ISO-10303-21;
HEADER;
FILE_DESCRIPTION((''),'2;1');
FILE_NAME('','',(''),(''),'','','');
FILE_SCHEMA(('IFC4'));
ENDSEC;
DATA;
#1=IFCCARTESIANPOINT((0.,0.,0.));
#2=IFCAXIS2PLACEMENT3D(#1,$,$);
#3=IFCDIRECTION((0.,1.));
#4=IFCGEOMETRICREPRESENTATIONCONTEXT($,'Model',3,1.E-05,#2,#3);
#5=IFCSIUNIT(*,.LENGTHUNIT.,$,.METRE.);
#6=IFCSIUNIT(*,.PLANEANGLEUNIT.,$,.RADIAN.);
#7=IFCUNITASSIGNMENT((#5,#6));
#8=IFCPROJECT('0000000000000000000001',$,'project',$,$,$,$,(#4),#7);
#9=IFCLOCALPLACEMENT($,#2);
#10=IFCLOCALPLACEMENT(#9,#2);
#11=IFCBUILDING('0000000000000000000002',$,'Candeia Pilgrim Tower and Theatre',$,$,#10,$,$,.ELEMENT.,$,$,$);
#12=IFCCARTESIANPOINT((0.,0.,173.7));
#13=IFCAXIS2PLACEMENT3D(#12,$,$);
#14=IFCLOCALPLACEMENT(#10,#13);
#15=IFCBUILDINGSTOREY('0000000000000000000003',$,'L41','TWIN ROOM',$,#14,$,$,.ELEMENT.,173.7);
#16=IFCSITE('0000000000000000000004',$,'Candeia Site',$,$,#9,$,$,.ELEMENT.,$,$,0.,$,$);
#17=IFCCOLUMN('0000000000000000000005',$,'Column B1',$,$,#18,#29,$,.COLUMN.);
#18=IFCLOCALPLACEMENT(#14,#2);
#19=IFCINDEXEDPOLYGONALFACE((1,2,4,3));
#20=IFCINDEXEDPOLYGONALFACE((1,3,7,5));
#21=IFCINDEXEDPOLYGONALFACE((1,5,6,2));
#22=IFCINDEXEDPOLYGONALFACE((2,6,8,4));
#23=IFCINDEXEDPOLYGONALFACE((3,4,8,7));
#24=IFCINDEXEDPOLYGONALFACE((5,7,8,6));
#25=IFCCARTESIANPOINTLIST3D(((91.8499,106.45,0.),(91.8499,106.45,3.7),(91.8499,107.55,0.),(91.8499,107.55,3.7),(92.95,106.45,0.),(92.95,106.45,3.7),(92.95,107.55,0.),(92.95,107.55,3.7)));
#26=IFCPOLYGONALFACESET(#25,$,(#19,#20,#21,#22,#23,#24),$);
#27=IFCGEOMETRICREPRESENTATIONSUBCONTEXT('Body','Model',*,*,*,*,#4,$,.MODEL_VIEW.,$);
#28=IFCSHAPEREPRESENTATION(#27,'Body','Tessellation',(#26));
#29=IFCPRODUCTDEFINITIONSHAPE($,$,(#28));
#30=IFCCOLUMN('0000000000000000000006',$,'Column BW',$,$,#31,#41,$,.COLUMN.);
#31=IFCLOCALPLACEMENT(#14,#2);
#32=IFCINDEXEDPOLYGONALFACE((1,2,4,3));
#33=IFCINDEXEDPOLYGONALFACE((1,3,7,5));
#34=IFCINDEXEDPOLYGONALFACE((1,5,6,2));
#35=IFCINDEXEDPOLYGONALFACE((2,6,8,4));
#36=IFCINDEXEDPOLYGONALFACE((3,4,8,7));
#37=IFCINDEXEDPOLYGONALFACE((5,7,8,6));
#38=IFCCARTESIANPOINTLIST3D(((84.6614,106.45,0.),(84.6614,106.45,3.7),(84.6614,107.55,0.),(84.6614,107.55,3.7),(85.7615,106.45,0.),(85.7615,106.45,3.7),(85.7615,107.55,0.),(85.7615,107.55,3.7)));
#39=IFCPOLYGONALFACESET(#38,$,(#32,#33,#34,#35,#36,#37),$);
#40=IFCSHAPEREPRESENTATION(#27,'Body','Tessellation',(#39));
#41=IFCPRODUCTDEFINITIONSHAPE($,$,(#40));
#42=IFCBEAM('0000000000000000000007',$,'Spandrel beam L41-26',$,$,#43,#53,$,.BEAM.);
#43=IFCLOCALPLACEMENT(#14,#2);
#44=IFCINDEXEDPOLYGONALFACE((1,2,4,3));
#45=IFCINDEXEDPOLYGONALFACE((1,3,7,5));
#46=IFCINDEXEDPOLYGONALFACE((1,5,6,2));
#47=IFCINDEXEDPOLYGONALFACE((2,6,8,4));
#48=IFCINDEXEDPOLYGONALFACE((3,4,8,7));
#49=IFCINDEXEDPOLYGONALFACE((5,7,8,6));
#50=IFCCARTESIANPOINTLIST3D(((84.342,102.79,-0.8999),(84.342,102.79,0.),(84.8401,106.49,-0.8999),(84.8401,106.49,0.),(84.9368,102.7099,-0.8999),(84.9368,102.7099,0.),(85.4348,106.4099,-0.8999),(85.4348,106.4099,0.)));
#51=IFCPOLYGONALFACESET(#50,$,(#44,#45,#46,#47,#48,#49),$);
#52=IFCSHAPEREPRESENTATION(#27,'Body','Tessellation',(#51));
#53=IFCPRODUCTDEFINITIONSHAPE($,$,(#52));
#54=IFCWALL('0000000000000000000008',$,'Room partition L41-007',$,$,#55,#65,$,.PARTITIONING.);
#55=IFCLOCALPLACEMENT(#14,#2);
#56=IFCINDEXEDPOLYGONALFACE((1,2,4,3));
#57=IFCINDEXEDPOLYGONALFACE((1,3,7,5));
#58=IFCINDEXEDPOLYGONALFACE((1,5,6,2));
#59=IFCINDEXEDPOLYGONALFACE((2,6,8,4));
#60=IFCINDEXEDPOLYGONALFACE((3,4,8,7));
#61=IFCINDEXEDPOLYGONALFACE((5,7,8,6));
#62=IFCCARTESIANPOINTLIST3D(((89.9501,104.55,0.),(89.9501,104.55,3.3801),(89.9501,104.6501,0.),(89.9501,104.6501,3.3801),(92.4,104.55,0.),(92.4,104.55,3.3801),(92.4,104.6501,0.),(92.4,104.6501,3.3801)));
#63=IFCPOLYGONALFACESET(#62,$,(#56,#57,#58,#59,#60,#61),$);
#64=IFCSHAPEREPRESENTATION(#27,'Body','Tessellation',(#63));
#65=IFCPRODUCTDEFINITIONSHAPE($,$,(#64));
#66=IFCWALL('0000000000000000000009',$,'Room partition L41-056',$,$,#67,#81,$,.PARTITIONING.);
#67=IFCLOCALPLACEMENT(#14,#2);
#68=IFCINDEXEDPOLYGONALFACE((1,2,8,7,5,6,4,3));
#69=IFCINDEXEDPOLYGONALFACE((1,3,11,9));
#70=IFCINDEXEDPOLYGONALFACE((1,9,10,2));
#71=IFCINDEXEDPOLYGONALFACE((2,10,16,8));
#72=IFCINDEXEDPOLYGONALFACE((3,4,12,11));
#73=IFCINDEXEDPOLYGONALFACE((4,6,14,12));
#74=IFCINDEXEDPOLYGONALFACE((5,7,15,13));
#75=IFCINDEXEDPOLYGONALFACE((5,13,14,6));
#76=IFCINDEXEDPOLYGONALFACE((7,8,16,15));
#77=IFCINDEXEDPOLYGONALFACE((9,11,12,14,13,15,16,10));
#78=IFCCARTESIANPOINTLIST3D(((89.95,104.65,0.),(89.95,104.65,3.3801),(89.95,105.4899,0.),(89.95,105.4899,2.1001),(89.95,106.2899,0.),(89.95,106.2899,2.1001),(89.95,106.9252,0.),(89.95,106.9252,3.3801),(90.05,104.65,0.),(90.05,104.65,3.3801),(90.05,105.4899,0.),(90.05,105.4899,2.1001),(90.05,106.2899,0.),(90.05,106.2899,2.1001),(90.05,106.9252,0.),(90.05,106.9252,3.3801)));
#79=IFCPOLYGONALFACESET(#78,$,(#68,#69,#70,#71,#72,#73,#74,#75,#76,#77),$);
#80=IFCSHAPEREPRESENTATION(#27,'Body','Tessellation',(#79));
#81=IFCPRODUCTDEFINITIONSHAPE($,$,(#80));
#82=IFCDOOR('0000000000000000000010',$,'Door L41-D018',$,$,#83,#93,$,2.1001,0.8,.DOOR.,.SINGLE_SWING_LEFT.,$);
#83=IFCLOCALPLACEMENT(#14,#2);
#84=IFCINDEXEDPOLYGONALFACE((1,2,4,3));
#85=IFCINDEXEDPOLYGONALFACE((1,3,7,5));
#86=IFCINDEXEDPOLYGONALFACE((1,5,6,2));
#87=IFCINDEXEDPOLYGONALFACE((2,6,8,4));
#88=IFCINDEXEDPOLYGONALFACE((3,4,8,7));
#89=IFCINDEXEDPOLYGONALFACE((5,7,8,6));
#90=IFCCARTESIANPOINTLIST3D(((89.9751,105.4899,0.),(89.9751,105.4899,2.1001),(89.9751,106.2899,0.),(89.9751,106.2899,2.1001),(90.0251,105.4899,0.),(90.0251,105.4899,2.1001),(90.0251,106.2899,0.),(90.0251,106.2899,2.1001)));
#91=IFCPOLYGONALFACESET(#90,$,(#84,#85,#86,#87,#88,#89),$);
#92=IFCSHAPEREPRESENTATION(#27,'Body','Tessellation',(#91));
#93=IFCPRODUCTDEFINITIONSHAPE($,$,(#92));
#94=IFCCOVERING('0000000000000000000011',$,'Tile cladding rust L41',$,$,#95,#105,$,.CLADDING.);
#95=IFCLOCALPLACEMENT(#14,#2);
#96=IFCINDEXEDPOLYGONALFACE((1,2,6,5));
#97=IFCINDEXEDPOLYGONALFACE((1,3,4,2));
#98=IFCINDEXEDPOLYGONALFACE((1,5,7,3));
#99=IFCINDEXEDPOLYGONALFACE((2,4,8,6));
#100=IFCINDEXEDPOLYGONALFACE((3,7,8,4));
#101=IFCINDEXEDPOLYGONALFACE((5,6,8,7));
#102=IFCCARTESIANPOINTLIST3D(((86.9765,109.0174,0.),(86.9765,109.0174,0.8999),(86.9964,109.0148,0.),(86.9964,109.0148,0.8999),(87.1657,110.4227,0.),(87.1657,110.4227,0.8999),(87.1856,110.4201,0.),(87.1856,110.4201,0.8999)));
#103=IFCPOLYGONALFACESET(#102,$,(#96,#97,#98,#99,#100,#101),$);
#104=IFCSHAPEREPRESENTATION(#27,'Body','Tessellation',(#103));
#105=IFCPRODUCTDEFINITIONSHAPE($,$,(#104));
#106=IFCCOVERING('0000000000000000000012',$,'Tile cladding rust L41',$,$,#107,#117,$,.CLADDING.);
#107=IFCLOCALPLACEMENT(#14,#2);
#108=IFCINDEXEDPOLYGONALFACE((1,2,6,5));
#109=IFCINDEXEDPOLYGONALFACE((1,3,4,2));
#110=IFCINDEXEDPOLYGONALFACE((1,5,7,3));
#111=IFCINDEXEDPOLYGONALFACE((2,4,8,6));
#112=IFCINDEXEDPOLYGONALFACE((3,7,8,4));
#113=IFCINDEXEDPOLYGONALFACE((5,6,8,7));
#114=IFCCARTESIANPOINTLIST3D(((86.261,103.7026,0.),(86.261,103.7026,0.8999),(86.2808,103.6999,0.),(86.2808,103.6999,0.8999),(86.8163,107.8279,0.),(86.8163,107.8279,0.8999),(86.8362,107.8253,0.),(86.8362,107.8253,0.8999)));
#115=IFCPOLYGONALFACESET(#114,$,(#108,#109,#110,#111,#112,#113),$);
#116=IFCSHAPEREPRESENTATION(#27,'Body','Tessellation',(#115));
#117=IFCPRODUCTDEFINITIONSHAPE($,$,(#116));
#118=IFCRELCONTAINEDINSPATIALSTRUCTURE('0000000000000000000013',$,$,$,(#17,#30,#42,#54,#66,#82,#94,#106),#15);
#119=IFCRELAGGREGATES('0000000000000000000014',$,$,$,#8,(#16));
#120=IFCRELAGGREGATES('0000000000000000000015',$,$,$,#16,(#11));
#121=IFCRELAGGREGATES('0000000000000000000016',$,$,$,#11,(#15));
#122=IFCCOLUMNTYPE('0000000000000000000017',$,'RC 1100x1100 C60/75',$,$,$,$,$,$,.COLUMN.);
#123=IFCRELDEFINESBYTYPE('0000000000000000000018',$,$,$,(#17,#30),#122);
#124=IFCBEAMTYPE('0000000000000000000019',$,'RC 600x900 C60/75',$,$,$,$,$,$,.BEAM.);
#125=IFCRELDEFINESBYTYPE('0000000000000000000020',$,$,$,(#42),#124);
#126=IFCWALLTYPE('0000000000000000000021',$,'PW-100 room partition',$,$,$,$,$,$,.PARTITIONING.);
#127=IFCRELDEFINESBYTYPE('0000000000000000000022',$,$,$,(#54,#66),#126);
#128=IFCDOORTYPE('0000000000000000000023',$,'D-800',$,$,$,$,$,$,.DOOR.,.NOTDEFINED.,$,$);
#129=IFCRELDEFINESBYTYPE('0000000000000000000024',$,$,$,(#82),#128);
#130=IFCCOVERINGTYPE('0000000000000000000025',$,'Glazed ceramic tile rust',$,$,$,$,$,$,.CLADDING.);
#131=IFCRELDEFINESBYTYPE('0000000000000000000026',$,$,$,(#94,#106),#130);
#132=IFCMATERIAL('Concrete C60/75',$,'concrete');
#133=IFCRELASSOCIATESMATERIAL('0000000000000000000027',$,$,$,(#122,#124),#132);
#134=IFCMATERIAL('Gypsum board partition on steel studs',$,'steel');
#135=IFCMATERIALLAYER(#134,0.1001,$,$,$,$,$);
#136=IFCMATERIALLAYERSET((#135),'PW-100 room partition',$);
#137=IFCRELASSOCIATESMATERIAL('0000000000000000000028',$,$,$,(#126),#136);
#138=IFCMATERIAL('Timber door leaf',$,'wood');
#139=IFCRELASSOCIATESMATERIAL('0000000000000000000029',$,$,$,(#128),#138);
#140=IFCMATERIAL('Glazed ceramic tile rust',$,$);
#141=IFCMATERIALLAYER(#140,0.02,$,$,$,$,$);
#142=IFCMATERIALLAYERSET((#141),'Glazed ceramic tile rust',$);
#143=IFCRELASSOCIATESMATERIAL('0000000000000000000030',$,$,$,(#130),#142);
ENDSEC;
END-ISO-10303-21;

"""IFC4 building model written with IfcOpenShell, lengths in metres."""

from ifc_helpers import new_model, si_unit, direction, frame, frame_2d, origin, origin_2d, place, context, subcontext, project, spatial, rectangle, extrude, material, layer, layer_set, material_profile, profile_set, type_object, element, fill, save


model = new_model("IFC4")

# Units and contexts
model_context = context("Model", 3, precision=1e-05, world=origin(), true_north=direction((0.0, 1.0)))
body_context = subcontext(model_context, "Body", "Model", "MODEL_VIEW")
ifc_project = project(units=[si_unit("LENGTHUNIT", "METRE"), si_unit("PLANEANGLEUNIT", "RADIAN")], contexts=[model_context])

# Site, building, storey
site_placement = place(None, origin())
site = spatial("IfcSite", under=ifc_project, at=site_placement, Name="Candeia Site", CompositionType="ELEMENT", RefElevation=0.0)
building_placement = place(site_placement, origin())
building = spatial("IfcBuilding", under=site, at=building_placement, Name="Candeia Pilgrim Tower and Theatre", CompositionType="ELEMENT")
storey_placement = place(building_placement, frame((0.0, 0.0, 173.7)))
storey = spatial("IfcBuildingStorey", under=building, at=storey_placement, Name="L41", Description="TWIN ROOM", CompositionType="ELEMENT", Elevation=173.7)

# Columns
ifc_material_1 = material(Name="Concrete C60/75", Category="concrete")
ifc_material_profile_1 = material_profile(ifc_material_1, rectangle(XDim=1.1001, YDim=1.1001, at=origin_2d()))
ifc_profile_set_1 = profile_set([ifc_material_profile_1], Name="Concrete C60/75")
column_type = type_object("IfcColumnType", Name="RC 1100x1100 C60/75", PredefinedType="COLUMN", material=ifc_profile_set_1)
for number, where, z_axis, x_axis, name in (
    (1, (92.3999, 107.0, 0.0), (0.0, 0.0, 1.0), (1.0, 0.0, 0.0), "Column B1"),
    (2, (85.2114, 107.0, 0.0), (0.0, 0.0, 1.0), (1.0, 0.0, 0.0), "Column BW"),
):
    element("IfcColumn", number, at=place(storey_placement, frame(where, z_axis=z_axis, x_axis=x_axis)), inside=storey, type_object=column_type, Name=name, PredefinedType="COLUMN", context=body_context, shape_type="SweptSolid", body=[
        extrude(rectangle(XDim=1.1001, YDim=1.1001, at=origin_2d()), origin(), (0.0, 0.0, 1.0), 3.7),
    ])

# Beam
ifc_material_profile_2 = material_profile(ifc_material_1, rectangle(XDim=0.6001, YDim=0.8999, at=origin_2d()))
ifc_profile_set_2 = profile_set([ifc_material_profile_2], Name="Concrete C60/75")
beam_type = type_object("IfcBeamType", Name="RC 600x900 C60/75", PredefinedType="BEAM", material=ifc_profile_set_2)
beam_placement = place(storey_placement, frame((85.1375, 106.45, -0.45), z_axis=(-0.133406, -0.991061, 0.0), x_axis=(0.991061, -0.133406, 0.0)))
element("IfcBeam", 3, at=beam_placement, inside=storey, type_object=beam_type, Name="Spandrel beam L41-26", PredefinedType="BEAM", context=body_context, shape_type="SweptSolid", body=[
    extrude(rectangle(XDim=0.6001, YDim=0.8999, at=origin_2d()), origin(), (0.0, 0.0, 1.0), 3.7334),
])

# Wall
ifc_material_2 = material(Name="Gypsum board partition on steel studs", Category="steel")
ifc_layer_1 = layer(ifc_material_2, 0.1001)
ifc_layer_set_1 = layer_set([ifc_layer_1], Name="PW-100 room partition")
wall_type_1 = type_object("IfcWallType", Name="PW-100 room partition", PredefinedType="PARTITIONING", material=ifc_layer_set_1)
wall_1_placement = place(storey_placement, frame((89.95, 104.6001, 0.0), z_axis=(0.0, 0.0, 1.0), x_axis=(1.0, 0.0, 0.0)))
element("IfcWall", 4, at=wall_1_placement, inside=storey, type_object=wall_type_1, Name="Room partition L41-007", PredefinedType="PARTITIONING", context=body_context, shape_type="SweptSolid", body=[
    extrude(rectangle(XDim=2.45, YDim=0.1001, at=frame_2d((1.2251, 0.0))), origin(), (0.0, 0.0, 1.0), 3.3801),
])

# Wall, opening, door
wall_2_placement = place(storey_placement, frame((90.0, 104.6499, 0.0), z_axis=(0.0, 0.0, 1.0), x_axis=(0.0, 1.0, 0.0)))
wall_2 = element("IfcWall", 5, at=wall_2_placement, inside=storey, type_object=wall_type_1, Name="Room partition L41-056", PredefinedType="PARTITIONING", context=body_context, shape_type="SweptSolid", body=[
    extrude(rectangle(XDim=2.2751, YDim=0.1001, at=frame_2d((1.1377, 0.0))), origin(), (0.0, 0.0, 1.0), 3.3801),
])
opening_1_placement = place(wall_2_placement, frame((0.8401, 0.0, 0.0)))
opening_1 = element("IfcOpeningElement", 6, at=opening_1_placement, cuts=wall_2, PredefinedType="OPENING", context=body_context, shape_type="SweptSolid", body=[
    extrude(rectangle(XDim=0.8, YDim=2.1001, at=frame_2d((0.3999, 1.05))), frame((0.0, 0.0601, 0.0), z_axis=(0.0, -1.0, 0.0), x_axis=(1.0, 0.0, 0.0)), (0.0, 0.0, 1.0), 0.1201),
])
ifc_material_3 = material(Name="Timber door leaf", Category="wood")
door_type_1 = type_object("IfcDoorType", Name="D-800", OperationType="NOTDEFINED", PredefinedType="DOOR", material=ifc_material_3)
door_1_placement = place(opening_1_placement, origin())
door_1 = element("IfcDoor", 7, at=door_1_placement, inside=storey, type_object=door_type_1, Name="Door L41-D018", OperationType="SINGLE_SWING_LEFT", OverallHeight=2.1001, OverallWidth=0.8, PredefinedType="DOOR", context=body_context, shape_type="SweptSolid", body=[
    extrude(rectangle(XDim=0.8, YDim=2.1001, at=frame_2d((0.3999, 1.05))), frame((0.0, 0.0249, 0.0), z_axis=(0.0, -1.0, 0.0), x_axis=(1.0, 0.0, 0.0)), (0.0, 0.0, 1.0), 0.05),
])
fill(opening_1, door_1)

# Coverings
ifc_material_4 = material(Name="Glazed ceramic tile rust")
ifc_layer_2 = layer(ifc_material_4, 0.02)
ifc_layer_set_2 = layer_set([ifc_layer_2], Name="Glazed ceramic tile rust")
covering_type = type_object("IfcCoveringType", Name="Glazed ceramic tile rust", PredefinedType="CLADDING", material=ifc_layer_set_2)
covering_1_placement = place(storey_placement, frame((87.0811, 109.7188, 0.0), z_axis=(0.0, 0.0, 1.0), x_axis=(-0.133412, -0.991061, 0.0)))
element("IfcCovering", 8, at=covering_1_placement, inside=storey, type_object=covering_type, Name="Tile cladding rust L41", PredefinedType="CLADDING", context=body_context, shape_type="SweptSolid", body=[
    extrude(rectangle(XDim=1.418, YDim=0.02, at=origin_2d()), origin(), (0.0, 0.0, 1.0), 0.8999),
])
covering_2_placement = place(storey_placement, frame((86.5486, 105.7639, 0.0), z_axis=(0.0, 0.0, 1.0), x_axis=(-0.133412, -0.991061, 0.0)))
element("IfcCovering", 9, at=covering_2_placement, inside=storey, type_object=covering_type, Name="Tile cladding rust L41", PredefinedType="CLADDING", context=body_context, shape_type="SweptSolid", body=[
    extrude(rectangle(XDim=4.1626, YDim=0.02, at=origin_2d()), origin(), (0.0, 0.0, 1.0), 0.8999),
])

save(model, "model.ifc")
